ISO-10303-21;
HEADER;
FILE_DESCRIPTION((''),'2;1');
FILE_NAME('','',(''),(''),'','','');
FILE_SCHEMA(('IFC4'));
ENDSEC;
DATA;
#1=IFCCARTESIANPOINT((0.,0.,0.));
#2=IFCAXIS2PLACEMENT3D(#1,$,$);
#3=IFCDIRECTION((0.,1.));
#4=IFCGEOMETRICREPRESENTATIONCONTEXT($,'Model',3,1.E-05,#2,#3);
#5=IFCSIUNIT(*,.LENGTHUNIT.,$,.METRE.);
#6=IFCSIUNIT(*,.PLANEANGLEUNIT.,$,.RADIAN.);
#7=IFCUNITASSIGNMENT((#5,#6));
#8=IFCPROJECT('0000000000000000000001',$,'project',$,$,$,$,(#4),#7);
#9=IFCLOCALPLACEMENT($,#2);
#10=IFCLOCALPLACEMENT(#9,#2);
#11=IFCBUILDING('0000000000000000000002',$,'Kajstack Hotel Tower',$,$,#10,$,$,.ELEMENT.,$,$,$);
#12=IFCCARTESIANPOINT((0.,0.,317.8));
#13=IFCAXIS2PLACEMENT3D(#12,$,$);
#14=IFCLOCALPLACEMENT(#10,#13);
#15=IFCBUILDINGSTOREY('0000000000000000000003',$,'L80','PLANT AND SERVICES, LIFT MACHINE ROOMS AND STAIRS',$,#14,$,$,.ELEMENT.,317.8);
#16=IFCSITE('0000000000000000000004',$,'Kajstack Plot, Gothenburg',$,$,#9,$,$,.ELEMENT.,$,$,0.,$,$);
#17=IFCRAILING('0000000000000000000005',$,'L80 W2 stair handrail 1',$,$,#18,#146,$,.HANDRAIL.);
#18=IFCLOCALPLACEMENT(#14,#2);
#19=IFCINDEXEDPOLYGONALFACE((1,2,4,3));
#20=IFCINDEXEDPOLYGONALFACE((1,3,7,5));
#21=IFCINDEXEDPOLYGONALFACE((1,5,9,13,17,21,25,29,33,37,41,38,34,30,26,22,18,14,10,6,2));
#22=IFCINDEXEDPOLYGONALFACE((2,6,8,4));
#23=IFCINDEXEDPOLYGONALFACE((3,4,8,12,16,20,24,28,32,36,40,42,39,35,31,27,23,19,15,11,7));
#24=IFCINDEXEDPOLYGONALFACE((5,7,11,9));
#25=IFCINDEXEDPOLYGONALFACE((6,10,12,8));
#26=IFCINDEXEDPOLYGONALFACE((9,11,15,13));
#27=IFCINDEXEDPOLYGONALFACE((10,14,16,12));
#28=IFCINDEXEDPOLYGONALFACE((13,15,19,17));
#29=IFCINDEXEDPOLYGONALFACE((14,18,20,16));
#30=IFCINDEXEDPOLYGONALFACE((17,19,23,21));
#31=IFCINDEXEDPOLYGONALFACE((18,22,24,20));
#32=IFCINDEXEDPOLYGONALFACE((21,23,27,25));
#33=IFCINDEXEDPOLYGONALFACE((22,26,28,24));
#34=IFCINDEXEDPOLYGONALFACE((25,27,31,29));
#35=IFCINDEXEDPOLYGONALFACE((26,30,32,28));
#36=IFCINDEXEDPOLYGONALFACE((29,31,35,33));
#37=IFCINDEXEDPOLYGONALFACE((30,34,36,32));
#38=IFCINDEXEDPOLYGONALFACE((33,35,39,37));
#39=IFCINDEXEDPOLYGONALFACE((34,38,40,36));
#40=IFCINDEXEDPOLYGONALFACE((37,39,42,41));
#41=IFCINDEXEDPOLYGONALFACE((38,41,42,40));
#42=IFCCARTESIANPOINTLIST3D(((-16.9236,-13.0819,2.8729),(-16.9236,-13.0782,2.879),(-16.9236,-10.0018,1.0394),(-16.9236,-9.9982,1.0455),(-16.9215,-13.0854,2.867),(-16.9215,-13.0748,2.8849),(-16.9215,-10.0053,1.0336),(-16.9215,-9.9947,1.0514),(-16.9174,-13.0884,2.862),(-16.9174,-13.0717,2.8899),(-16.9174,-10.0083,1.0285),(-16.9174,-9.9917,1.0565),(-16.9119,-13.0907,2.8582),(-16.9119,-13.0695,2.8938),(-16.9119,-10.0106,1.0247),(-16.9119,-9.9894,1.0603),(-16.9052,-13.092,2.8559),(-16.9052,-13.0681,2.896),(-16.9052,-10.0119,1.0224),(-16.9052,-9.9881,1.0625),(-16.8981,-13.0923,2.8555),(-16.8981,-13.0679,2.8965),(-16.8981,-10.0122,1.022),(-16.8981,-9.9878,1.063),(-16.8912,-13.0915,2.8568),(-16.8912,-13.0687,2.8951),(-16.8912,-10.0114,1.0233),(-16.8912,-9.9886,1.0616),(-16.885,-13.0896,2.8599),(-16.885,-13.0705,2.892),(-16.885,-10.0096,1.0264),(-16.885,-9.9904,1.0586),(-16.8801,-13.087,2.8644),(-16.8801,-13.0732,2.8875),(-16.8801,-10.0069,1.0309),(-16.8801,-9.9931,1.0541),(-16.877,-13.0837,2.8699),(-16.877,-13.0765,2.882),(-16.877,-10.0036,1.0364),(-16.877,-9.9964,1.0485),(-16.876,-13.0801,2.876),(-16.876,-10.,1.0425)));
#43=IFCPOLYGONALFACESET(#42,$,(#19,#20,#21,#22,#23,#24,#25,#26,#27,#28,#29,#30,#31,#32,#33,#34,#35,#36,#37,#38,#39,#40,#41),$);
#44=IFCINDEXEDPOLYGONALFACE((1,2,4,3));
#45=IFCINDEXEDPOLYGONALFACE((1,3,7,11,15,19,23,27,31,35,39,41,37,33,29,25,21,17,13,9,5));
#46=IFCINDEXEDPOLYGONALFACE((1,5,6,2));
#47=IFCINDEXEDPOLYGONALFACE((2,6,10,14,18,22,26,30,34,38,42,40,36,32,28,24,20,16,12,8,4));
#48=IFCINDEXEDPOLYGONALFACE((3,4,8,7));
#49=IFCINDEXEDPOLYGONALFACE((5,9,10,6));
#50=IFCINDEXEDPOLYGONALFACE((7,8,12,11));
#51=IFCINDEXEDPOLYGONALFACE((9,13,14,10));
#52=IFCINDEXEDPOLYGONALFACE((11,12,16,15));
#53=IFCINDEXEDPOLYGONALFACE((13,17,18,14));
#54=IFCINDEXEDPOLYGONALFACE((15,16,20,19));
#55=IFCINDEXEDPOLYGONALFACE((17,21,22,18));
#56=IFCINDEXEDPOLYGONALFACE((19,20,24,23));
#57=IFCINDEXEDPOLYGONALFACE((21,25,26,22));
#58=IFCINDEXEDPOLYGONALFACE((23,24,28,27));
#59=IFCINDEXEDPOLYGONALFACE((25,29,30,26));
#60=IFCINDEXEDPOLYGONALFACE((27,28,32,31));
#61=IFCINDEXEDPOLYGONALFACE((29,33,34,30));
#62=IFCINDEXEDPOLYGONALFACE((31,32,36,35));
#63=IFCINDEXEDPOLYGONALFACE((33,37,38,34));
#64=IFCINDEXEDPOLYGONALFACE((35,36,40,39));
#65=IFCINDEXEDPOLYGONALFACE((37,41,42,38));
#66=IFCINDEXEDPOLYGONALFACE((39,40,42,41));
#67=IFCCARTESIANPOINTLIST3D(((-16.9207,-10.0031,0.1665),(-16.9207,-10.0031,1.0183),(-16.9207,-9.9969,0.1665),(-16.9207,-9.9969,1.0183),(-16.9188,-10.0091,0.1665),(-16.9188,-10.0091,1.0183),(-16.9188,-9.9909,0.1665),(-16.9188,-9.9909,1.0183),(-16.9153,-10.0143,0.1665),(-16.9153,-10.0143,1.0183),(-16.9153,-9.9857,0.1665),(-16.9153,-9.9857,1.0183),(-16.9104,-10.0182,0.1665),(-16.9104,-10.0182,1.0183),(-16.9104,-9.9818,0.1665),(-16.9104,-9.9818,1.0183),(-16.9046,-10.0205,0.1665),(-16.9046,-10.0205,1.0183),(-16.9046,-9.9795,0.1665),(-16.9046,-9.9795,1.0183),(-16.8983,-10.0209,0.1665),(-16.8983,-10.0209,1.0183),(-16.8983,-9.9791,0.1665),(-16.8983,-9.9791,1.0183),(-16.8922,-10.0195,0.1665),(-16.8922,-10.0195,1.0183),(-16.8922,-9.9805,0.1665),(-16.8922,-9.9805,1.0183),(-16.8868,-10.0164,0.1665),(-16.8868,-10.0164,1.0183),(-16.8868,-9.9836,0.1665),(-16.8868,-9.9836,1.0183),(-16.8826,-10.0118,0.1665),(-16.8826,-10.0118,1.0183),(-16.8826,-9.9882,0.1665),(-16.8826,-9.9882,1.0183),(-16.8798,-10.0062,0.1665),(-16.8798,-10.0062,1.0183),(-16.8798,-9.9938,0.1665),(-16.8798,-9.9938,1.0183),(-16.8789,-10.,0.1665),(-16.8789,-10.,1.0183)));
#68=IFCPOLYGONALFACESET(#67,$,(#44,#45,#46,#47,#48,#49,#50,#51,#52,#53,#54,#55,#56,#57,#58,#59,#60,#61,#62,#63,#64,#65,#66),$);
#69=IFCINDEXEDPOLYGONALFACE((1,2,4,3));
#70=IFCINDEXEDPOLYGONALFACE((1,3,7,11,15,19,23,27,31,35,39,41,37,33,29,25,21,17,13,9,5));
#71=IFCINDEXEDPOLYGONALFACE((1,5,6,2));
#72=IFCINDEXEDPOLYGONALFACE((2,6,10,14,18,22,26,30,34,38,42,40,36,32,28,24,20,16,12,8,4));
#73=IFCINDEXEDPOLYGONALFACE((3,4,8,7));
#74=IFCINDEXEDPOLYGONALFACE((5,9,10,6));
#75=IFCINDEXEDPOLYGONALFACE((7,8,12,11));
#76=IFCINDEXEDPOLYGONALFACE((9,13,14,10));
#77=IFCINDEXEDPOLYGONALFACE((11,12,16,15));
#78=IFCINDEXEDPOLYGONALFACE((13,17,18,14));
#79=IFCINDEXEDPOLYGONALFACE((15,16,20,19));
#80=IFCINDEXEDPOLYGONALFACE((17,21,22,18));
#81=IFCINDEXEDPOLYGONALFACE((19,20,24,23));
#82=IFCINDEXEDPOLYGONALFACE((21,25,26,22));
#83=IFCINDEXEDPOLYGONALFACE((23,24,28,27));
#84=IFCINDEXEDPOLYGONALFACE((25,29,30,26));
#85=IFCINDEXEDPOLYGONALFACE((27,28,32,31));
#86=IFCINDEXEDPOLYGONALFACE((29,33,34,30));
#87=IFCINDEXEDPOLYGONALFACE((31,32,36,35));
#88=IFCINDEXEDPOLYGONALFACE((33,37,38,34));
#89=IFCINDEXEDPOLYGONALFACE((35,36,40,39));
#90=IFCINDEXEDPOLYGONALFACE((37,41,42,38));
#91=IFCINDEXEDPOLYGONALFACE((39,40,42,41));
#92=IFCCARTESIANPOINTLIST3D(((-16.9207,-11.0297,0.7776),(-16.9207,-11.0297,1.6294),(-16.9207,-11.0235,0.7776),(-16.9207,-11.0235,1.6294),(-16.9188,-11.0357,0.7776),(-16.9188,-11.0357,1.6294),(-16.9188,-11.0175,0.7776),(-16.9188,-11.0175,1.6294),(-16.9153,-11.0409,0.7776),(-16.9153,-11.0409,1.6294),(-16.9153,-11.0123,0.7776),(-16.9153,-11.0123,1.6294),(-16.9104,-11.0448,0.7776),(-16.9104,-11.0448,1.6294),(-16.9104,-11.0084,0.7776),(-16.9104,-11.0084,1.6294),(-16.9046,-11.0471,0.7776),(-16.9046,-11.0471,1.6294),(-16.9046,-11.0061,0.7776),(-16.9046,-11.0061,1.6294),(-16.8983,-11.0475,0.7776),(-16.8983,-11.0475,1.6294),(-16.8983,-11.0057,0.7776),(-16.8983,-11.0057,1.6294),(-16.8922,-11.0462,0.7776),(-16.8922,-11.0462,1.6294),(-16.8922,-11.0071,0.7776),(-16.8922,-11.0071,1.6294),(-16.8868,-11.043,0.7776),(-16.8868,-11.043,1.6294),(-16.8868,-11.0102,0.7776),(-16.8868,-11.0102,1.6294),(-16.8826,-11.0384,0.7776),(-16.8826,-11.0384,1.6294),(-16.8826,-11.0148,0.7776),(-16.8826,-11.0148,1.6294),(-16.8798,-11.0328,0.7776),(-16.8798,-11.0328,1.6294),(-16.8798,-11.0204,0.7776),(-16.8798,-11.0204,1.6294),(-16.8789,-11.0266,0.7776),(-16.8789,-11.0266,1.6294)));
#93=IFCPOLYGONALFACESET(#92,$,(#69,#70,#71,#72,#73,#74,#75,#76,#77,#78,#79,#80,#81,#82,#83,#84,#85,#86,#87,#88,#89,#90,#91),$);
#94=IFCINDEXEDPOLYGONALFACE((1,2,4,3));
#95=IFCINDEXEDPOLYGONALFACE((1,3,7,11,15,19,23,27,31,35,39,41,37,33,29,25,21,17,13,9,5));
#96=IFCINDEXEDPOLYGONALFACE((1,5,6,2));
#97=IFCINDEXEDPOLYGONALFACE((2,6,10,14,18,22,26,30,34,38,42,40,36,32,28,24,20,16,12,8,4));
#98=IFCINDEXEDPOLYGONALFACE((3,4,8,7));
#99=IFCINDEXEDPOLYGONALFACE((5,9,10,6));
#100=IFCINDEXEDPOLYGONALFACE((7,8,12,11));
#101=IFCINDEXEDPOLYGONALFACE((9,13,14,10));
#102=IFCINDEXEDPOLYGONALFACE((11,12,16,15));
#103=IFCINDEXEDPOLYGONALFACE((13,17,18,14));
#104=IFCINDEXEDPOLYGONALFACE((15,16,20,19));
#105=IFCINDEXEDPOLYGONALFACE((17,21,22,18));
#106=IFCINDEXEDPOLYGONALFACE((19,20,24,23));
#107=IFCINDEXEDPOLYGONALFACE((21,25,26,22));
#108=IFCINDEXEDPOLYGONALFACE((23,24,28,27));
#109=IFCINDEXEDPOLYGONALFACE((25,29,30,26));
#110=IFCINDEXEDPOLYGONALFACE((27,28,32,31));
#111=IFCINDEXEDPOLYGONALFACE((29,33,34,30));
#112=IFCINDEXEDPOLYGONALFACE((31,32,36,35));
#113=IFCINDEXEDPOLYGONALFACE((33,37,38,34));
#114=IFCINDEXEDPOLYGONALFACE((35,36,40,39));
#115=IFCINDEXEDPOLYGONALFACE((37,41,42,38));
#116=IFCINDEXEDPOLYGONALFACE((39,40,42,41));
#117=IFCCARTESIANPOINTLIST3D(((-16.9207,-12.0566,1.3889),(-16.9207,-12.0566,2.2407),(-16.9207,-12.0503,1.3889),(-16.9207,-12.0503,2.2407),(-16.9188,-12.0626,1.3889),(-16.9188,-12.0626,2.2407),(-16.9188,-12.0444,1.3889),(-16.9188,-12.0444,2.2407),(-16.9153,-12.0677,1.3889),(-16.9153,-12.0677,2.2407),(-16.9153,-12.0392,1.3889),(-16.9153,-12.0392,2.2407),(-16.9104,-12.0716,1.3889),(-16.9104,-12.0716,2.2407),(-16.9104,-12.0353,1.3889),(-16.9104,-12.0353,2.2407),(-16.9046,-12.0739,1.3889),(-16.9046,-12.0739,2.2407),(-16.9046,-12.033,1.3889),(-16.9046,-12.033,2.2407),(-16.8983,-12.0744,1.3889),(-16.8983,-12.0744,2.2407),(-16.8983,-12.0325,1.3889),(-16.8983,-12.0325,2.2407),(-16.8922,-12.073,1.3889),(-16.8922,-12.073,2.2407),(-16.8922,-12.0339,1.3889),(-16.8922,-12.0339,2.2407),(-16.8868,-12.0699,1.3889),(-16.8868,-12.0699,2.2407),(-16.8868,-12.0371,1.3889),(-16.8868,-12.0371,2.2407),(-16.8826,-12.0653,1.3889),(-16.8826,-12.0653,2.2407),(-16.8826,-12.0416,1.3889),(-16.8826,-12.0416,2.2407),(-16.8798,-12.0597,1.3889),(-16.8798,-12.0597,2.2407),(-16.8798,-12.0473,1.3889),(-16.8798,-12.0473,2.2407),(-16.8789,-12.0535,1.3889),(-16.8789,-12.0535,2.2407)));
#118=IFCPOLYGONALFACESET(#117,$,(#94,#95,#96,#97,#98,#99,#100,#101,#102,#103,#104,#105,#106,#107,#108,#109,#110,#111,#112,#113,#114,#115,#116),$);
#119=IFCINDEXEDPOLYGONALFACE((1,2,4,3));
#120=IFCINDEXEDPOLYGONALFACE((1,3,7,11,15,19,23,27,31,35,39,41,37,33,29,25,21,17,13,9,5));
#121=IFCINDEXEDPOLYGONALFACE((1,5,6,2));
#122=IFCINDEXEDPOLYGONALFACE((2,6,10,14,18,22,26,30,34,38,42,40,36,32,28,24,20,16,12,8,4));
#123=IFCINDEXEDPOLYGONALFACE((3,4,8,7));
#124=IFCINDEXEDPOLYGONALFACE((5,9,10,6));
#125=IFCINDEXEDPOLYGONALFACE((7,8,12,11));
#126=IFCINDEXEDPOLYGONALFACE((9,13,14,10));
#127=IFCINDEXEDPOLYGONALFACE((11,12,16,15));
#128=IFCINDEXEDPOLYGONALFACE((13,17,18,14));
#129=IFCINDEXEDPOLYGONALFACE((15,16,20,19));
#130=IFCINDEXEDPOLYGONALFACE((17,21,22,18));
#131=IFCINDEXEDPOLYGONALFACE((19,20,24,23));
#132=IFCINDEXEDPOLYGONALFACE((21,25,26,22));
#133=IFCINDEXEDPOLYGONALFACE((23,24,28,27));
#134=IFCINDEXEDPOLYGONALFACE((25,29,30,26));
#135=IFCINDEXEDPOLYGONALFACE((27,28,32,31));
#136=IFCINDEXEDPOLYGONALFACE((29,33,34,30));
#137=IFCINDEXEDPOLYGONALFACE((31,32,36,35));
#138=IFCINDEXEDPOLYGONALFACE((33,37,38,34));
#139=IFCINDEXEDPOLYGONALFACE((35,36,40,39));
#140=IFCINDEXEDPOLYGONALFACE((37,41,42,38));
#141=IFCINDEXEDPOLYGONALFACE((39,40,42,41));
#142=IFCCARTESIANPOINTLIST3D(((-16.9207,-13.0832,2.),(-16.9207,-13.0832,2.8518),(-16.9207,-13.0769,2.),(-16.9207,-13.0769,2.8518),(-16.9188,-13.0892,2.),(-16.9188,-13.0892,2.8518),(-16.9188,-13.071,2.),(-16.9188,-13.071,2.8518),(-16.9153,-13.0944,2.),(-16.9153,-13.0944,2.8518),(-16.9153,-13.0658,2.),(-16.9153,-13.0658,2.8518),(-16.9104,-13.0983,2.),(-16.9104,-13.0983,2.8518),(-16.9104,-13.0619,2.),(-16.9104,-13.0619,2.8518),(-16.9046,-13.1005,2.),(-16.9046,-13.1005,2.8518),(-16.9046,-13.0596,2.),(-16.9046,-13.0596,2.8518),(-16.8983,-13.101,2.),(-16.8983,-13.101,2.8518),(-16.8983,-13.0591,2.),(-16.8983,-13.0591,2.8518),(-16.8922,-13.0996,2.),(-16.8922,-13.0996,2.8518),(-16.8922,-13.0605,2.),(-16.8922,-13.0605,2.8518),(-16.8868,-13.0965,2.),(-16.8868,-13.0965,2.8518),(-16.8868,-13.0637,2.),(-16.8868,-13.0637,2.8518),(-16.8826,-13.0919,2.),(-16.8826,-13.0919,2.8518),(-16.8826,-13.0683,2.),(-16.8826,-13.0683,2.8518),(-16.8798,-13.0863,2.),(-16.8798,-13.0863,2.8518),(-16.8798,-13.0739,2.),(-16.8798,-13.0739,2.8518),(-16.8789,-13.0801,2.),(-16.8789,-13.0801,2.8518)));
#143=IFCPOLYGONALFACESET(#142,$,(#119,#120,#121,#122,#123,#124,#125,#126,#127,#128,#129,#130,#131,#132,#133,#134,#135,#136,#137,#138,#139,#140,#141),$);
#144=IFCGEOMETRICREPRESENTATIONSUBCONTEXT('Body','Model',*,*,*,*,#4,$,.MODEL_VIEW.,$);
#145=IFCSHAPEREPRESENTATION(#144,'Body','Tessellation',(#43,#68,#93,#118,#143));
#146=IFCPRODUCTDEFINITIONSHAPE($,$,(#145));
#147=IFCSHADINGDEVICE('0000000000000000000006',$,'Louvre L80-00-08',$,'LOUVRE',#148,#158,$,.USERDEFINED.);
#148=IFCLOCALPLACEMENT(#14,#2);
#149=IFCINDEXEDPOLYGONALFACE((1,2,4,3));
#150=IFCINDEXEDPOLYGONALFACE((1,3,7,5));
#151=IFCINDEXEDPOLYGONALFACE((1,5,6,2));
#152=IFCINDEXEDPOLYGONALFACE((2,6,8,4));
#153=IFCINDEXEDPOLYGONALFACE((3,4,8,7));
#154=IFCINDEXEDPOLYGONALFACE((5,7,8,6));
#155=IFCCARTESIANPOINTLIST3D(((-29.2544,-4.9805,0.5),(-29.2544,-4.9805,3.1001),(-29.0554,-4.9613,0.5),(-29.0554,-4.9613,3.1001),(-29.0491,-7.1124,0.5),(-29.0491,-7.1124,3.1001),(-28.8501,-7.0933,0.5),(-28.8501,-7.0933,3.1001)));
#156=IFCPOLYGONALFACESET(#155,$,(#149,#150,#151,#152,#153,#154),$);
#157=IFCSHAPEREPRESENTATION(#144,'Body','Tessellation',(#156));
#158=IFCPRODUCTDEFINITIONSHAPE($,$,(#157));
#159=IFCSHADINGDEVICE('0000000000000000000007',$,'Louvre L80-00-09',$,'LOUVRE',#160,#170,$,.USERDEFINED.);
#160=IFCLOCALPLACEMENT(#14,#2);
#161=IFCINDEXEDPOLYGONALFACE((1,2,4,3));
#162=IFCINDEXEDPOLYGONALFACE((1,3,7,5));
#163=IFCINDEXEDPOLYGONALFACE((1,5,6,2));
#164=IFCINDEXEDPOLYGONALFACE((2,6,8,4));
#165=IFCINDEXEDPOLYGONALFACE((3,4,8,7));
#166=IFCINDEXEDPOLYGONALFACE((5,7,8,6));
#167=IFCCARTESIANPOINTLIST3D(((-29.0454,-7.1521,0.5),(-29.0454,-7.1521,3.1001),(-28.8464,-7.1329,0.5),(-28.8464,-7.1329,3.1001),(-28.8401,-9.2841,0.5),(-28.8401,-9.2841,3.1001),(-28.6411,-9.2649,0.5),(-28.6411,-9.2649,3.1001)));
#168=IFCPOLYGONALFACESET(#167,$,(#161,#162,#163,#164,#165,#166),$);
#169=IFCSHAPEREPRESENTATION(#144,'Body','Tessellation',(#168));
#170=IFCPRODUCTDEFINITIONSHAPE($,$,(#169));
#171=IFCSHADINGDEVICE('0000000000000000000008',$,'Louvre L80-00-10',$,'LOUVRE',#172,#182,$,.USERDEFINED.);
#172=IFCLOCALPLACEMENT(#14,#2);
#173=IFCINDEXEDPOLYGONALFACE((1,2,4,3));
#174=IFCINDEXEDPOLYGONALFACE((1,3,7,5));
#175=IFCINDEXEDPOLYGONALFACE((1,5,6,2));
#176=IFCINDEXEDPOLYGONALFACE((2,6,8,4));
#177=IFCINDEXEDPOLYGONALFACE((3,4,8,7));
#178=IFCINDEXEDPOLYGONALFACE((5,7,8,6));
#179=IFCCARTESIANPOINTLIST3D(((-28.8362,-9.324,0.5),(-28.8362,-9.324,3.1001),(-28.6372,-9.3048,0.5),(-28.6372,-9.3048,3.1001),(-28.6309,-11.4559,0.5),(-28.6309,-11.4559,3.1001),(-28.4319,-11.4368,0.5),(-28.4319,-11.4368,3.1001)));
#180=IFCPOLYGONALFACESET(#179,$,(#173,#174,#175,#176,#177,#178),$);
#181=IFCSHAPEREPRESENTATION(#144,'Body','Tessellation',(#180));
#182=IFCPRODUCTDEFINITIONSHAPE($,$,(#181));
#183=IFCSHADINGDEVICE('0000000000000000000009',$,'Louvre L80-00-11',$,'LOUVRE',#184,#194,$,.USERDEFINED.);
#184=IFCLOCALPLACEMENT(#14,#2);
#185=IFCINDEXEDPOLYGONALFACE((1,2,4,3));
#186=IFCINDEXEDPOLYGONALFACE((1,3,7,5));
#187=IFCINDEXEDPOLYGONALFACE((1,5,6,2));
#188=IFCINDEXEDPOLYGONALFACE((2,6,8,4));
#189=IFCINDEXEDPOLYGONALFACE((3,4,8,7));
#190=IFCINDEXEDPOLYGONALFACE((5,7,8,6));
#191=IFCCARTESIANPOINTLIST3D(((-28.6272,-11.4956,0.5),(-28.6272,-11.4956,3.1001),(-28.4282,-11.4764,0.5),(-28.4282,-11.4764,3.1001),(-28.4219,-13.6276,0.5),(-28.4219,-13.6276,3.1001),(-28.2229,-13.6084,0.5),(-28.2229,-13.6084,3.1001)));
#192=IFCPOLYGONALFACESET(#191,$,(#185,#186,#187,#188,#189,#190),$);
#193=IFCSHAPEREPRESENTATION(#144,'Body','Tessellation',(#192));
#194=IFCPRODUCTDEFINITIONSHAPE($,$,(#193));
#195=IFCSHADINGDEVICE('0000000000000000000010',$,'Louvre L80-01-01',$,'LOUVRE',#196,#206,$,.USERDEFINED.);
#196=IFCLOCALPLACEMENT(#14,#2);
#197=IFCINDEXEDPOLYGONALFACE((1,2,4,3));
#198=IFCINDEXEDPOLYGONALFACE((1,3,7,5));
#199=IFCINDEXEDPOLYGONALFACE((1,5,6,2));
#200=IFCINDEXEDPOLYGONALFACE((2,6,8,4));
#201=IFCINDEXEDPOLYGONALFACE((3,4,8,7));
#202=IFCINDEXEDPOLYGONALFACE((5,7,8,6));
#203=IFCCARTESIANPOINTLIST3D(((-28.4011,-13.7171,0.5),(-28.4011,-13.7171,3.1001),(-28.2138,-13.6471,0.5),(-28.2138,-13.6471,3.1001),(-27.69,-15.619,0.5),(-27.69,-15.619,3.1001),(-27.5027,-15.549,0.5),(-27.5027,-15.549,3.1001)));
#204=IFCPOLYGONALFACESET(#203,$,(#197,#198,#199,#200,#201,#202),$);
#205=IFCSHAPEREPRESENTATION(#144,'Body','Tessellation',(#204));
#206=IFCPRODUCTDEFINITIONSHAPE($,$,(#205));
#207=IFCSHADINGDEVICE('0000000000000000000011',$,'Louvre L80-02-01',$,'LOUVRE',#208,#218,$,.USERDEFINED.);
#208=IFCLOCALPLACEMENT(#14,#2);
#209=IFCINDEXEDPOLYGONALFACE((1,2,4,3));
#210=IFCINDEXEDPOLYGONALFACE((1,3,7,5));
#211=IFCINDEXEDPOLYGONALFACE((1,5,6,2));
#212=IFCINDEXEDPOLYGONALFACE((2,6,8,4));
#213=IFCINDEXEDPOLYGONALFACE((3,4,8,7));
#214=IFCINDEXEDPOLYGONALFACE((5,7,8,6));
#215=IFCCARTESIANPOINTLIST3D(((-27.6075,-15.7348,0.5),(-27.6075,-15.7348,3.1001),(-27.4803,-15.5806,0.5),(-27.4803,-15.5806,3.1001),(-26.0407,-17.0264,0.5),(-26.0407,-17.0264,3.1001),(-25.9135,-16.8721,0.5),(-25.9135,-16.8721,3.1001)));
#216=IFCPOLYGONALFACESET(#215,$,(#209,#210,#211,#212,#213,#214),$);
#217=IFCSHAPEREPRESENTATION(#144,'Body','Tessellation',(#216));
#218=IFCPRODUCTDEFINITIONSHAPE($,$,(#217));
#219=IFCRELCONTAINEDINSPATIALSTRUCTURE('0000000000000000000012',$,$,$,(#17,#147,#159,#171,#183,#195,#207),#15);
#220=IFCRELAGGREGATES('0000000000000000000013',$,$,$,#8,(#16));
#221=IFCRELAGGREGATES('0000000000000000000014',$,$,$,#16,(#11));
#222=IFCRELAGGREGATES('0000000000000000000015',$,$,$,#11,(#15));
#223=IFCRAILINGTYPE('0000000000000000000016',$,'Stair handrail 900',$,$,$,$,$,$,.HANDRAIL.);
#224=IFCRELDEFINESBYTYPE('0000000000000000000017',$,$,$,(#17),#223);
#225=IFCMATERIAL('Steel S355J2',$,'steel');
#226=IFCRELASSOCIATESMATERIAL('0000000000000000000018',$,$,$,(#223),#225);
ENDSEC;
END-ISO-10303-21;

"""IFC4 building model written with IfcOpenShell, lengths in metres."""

from ifc_helpers import new_model, si_unit, direction, frame, origin, origin_2d, place, context, subcontext, project, spatial, rectangle, circle, extrude, material, type_object, element, save


model = new_model("IFC4")

# Units and contexts
model_context = context("Model", 3, precision=1e-05, world=origin(), true_north=direction((0.0, 1.0)))
body_context = subcontext(model_context, "Body", "Model", "MODEL_VIEW")
ifc_project = project(units=[si_unit("LENGTHUNIT", "METRE"), si_unit("PLANEANGLEUNIT", "RADIAN")], contexts=[model_context])

# Site, building, storey
site_placement = place(None, origin())
site = spatial("IfcSite", under=ifc_project, at=site_placement, Name="Kajstack Plot, Gothenburg", CompositionType="ELEMENT", RefElevation=0.0)
building_placement = place(site_placement, origin())
building = spatial("IfcBuilding", under=site, at=building_placement, Name="Kajstack Hotel Tower", CompositionType="ELEMENT")
storey_placement = place(building_placement, frame((0.0, 0.0, 317.8)))
storey = spatial("IfcBuildingStorey", under=building, at=storey_placement, Name="L80", Description="PLANT AND SERVICES, LIFT MACHINE ROOMS AND STAIRS", CompositionType="ELEMENT", Elevation=317.8)

# Railing
ifc_material_1 = material(Name="Steel S355J2", Category="steel")
railing_type_1 = type_object("IfcRailingType", Name="Stair handrail 900", PredefinedType="HANDRAIL", material=ifc_material_1)
railing_1_placement = place(storey_placement, frame((-16.8999, -10.0, 0.1665)))
element("IfcRailing", 1, at=railing_1_placement, inside=storey, type_object=railing_type_1, Name="L80 W2 stair handrail 1", PredefinedType="HANDRAIL", context=body_context, shape_type="SweptSolid", body=[
    extrude(circle(Radius=0.0239, at=origin_2d()), frame((0.0, 0.0, 0.876), z_axis=(0.0, -0.859279, 0.511508), x_axis=(1.0, 0.0, 0.0)), (0.0, 0.0, 1.0), 3.5845),
    extrude(circle(Radius=0.021, at=origin_2d()), origin(), (0.0, 0.0, 1.0), 0.8518),
    extrude(circle(Radius=0.021, at=origin_2d()), frame((0.0, -1.0266, 0.6111)), (0.0, 0.0, 1.0), 0.8518),
    extrude(circle(Radius=0.021, at=origin_2d()), frame((0.0, -2.0535, 1.2224)), (0.0, 0.0, 1.0), 0.8518),
    extrude(circle(Radius=0.021, at=origin_2d()), frame((0.0, -3.0801, 1.8335)), (0.0, 0.0, 1.0), 0.8518),
])

# Shading devices
for number, where, z_axis, x_axis, name in (
    (2, (-29.0522, -6.0369, 0.5), (0.0, 0.0, 1.0), (0.095846, -0.995396, 0.0), "Louvre L80-00-08"),
    (3, (-28.8433, -8.2085, 0.5), (0.0, 0.0, 1.0), (0.095846, -0.995396, 0.0), "Louvre L80-00-09"),
    (4, (-28.634, -10.3804, 0.5), (0.0, 0.0, 1.0), (0.095846, -0.995396, 0.0), "Louvre L80-00-10"),
    (5, (-28.425, -12.552, 0.5), (0.0, 0.0, 1.0), (0.095846, -0.995396, 0.0), "Louvre L80-00-11"),
):
    element("IfcShadingDevice", number, at=place(storey_placement, frame(where, z_axis=z_axis, x_axis=x_axis)), inside=storey, Name=name, ObjectType="LOUVRE", PredefinedType="USERDEFINED", context=body_context, shape_type="SweptSolid", body=[
        extrude(rectangle(XDim=2.1418, YDim=0.2, at=origin_2d()), origin(), (0.0, 0.0, 1.0), 2.6001),
    ])
for number, where, z_axis, x_axis, name in (
    (6, (-27.9519, -14.6331, 0.5), (0.0, 0.0, 1.0), (0.350186, -0.93668, 0.0), "Louvre L80-01-01"),
    (7, (-26.7605, -16.3035, 0.5), (0.0, 0.0, 1.0), (0.771635, -0.636066, 0.0), "Louvre L80-02-01"),
):
    element("IfcShadingDevice", number, at=place(storey_placement, frame(where, z_axis=z_axis, x_axis=x_axis)), inside=storey, Name=name, ObjectType="LOUVRE", PredefinedType="USERDEFINED", context=body_context, shape_type="SweptSolid", body=[
        extrude(rectangle(XDim=2.0305, YDim=0.2, at=origin_2d()), origin(), (0.0, 0.0, 1.0), 2.6001),
    ])

save(model, "model.ifc")
